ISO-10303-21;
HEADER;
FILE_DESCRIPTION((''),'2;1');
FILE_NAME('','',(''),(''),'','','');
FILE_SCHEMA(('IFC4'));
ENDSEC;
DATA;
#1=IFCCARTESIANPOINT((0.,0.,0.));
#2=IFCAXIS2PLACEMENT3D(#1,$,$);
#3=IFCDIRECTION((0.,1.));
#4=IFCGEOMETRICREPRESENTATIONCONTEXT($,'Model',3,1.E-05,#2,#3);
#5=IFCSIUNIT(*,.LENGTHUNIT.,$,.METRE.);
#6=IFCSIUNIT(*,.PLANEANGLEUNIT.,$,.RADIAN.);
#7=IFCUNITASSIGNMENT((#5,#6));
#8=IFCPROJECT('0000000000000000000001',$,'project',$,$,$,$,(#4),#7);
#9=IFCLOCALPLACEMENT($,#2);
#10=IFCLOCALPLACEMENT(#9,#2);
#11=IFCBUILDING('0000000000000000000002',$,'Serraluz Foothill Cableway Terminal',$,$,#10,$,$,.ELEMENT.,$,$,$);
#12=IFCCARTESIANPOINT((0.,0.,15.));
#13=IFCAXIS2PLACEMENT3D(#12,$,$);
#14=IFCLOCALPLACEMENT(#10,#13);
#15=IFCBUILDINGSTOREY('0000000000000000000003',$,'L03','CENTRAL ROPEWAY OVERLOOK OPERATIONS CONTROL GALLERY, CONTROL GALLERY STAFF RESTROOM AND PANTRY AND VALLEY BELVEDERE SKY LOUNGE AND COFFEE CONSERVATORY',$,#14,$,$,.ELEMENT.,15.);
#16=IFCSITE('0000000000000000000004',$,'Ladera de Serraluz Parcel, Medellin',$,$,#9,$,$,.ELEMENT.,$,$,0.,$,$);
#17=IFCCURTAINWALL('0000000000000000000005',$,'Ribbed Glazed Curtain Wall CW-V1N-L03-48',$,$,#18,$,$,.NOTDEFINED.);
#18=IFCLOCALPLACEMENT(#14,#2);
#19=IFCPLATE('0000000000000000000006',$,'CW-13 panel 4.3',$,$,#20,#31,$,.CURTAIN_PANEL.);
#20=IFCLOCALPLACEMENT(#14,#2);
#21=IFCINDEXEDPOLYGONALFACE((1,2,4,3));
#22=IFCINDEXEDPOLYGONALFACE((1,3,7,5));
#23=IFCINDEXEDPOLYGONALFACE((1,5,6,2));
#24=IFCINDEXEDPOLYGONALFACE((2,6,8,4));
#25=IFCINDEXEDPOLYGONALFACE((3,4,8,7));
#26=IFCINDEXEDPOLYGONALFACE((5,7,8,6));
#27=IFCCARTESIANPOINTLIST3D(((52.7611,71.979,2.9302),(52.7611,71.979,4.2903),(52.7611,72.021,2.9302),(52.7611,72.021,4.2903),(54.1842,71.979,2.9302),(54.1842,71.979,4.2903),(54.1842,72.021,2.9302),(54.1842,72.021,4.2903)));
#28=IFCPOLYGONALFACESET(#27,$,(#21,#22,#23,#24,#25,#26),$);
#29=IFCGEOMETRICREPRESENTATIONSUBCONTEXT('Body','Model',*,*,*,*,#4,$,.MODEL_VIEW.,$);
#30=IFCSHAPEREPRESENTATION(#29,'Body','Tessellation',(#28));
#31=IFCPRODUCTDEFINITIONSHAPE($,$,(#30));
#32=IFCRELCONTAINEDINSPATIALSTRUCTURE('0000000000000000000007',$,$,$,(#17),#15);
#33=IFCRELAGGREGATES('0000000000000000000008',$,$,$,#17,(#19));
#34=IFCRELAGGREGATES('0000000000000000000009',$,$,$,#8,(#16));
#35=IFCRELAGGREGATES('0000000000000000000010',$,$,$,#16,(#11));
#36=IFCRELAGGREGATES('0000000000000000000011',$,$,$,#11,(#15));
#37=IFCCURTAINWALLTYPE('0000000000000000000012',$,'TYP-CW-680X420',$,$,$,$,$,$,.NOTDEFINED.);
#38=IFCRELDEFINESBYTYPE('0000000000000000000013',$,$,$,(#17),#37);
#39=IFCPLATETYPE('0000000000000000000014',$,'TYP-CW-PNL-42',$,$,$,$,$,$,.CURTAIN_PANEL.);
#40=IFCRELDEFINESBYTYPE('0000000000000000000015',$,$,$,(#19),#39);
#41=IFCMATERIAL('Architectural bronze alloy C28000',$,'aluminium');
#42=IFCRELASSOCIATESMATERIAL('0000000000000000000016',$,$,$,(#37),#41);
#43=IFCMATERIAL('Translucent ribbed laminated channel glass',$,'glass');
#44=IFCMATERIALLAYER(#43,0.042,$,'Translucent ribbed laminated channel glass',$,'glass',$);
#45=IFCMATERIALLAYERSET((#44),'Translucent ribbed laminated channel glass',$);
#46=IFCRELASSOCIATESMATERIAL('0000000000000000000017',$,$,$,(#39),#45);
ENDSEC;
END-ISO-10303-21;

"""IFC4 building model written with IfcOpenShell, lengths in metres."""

from ifc_helpers import new_model, si_unit, direction, frame, origin, origin_2d, place, context, subcontext, project, spatial, rectangle, extrude, material, layer, layer_set, type_object, element, aggregate, save


model = new_model("IFC4")

# Units and contexts
model_context = context("Model", 3, precision=1e-05, world=origin(), true_north=direction((0.0, 1.0)))
body_context = subcontext(model_context, "Body", "Model", "MODEL_VIEW")
ifc_project = project(units=[si_unit("LENGTHUNIT", "METRE"), si_unit("PLANEANGLEUNIT", "RADIAN")], contexts=[model_context])

# Site, building, storey
site_placement = place(None, origin())
site = spatial("IfcSite", under=ifc_project, at=site_placement, Name="Ladera de Serraluz Parcel, Medellin", CompositionType="ELEMENT", RefElevation=0.0)
building_placement = place(site_placement, origin())
building = spatial("IfcBuilding", under=site, at=building_placement, Name="Serraluz Foothill Cableway Terminal", CompositionType="ELEMENT")
storey_placement = place(building_placement, frame((0.0, 0.0, 15.0)))
storey = spatial("IfcBuildingStorey", under=building, at=storey_placement, Name="L03", Description="CENTRAL ROPEWAY OVERLOOK OPERATIONS CONTROL GALLERY, CONTROL GALLERY STAFF RESTROOM AND PANTRY AND VALLEY BELVEDERE SKY LOUNGE AND COFFEE CONSERVATORY", CompositionType="ELEMENT", Elevation=15.0)

# Curtain wall
ifc_material_1 = material(Name="Architectural bronze alloy C28000", Category="aluminium")
curtain_wall_type = type_object("IfcCurtainWallType", Name="TYP-CW-680X420", PredefinedType="NOTDEFINED", material=ifc_material_1)
curtain_wall_placement = place(storey_placement, origin())
curtain_wall = element("IfcCurtainWall", 1, at=curtain_wall_placement, inside=storey, type_object=curtain_wall_type, Name="Ribbed Glazed Curtain Wall CW-V1N-L03-48", PredefinedType="NOTDEFINED")

# Plate
ifc_material_2 = material(Name="Translucent ribbed laminated channel glass", Category="glass")
ifc_layer = layer(ifc_material_2, 0.042, Name="Translucent ribbed laminated channel glass", Category="glass")
ifc_layer_set = layer_set([ifc_layer], Name="Translucent ribbed laminated channel glass")
plate_type = type_object("IfcPlateType", Name="TYP-CW-PNL-42", PredefinedType="CURTAIN_PANEL", material=ifc_layer_set)
plate_1_placement = place(storey_placement, frame((53.4727, 72.0, 2.9302), z_axis=(0.0, 0.0, 1.0), x_axis=(1.0, 0.0, 0.0)))
plate_1 = element("IfcPlate", 2, at=plate_1_placement, type_object=plate_type, Name="CW-13 panel 4.3", PredefinedType="CURTAIN_PANEL", context=body_context, shape_type="SweptSolid", body=[
    extrude(rectangle(XDim=1.4231, YDim=0.042, at=origin_2d()), origin(), (0.0, 0.0, 1.0), 1.3601),
])
aggregate(curtain_wall, [plate_1])

save(model, "model.ifc")
